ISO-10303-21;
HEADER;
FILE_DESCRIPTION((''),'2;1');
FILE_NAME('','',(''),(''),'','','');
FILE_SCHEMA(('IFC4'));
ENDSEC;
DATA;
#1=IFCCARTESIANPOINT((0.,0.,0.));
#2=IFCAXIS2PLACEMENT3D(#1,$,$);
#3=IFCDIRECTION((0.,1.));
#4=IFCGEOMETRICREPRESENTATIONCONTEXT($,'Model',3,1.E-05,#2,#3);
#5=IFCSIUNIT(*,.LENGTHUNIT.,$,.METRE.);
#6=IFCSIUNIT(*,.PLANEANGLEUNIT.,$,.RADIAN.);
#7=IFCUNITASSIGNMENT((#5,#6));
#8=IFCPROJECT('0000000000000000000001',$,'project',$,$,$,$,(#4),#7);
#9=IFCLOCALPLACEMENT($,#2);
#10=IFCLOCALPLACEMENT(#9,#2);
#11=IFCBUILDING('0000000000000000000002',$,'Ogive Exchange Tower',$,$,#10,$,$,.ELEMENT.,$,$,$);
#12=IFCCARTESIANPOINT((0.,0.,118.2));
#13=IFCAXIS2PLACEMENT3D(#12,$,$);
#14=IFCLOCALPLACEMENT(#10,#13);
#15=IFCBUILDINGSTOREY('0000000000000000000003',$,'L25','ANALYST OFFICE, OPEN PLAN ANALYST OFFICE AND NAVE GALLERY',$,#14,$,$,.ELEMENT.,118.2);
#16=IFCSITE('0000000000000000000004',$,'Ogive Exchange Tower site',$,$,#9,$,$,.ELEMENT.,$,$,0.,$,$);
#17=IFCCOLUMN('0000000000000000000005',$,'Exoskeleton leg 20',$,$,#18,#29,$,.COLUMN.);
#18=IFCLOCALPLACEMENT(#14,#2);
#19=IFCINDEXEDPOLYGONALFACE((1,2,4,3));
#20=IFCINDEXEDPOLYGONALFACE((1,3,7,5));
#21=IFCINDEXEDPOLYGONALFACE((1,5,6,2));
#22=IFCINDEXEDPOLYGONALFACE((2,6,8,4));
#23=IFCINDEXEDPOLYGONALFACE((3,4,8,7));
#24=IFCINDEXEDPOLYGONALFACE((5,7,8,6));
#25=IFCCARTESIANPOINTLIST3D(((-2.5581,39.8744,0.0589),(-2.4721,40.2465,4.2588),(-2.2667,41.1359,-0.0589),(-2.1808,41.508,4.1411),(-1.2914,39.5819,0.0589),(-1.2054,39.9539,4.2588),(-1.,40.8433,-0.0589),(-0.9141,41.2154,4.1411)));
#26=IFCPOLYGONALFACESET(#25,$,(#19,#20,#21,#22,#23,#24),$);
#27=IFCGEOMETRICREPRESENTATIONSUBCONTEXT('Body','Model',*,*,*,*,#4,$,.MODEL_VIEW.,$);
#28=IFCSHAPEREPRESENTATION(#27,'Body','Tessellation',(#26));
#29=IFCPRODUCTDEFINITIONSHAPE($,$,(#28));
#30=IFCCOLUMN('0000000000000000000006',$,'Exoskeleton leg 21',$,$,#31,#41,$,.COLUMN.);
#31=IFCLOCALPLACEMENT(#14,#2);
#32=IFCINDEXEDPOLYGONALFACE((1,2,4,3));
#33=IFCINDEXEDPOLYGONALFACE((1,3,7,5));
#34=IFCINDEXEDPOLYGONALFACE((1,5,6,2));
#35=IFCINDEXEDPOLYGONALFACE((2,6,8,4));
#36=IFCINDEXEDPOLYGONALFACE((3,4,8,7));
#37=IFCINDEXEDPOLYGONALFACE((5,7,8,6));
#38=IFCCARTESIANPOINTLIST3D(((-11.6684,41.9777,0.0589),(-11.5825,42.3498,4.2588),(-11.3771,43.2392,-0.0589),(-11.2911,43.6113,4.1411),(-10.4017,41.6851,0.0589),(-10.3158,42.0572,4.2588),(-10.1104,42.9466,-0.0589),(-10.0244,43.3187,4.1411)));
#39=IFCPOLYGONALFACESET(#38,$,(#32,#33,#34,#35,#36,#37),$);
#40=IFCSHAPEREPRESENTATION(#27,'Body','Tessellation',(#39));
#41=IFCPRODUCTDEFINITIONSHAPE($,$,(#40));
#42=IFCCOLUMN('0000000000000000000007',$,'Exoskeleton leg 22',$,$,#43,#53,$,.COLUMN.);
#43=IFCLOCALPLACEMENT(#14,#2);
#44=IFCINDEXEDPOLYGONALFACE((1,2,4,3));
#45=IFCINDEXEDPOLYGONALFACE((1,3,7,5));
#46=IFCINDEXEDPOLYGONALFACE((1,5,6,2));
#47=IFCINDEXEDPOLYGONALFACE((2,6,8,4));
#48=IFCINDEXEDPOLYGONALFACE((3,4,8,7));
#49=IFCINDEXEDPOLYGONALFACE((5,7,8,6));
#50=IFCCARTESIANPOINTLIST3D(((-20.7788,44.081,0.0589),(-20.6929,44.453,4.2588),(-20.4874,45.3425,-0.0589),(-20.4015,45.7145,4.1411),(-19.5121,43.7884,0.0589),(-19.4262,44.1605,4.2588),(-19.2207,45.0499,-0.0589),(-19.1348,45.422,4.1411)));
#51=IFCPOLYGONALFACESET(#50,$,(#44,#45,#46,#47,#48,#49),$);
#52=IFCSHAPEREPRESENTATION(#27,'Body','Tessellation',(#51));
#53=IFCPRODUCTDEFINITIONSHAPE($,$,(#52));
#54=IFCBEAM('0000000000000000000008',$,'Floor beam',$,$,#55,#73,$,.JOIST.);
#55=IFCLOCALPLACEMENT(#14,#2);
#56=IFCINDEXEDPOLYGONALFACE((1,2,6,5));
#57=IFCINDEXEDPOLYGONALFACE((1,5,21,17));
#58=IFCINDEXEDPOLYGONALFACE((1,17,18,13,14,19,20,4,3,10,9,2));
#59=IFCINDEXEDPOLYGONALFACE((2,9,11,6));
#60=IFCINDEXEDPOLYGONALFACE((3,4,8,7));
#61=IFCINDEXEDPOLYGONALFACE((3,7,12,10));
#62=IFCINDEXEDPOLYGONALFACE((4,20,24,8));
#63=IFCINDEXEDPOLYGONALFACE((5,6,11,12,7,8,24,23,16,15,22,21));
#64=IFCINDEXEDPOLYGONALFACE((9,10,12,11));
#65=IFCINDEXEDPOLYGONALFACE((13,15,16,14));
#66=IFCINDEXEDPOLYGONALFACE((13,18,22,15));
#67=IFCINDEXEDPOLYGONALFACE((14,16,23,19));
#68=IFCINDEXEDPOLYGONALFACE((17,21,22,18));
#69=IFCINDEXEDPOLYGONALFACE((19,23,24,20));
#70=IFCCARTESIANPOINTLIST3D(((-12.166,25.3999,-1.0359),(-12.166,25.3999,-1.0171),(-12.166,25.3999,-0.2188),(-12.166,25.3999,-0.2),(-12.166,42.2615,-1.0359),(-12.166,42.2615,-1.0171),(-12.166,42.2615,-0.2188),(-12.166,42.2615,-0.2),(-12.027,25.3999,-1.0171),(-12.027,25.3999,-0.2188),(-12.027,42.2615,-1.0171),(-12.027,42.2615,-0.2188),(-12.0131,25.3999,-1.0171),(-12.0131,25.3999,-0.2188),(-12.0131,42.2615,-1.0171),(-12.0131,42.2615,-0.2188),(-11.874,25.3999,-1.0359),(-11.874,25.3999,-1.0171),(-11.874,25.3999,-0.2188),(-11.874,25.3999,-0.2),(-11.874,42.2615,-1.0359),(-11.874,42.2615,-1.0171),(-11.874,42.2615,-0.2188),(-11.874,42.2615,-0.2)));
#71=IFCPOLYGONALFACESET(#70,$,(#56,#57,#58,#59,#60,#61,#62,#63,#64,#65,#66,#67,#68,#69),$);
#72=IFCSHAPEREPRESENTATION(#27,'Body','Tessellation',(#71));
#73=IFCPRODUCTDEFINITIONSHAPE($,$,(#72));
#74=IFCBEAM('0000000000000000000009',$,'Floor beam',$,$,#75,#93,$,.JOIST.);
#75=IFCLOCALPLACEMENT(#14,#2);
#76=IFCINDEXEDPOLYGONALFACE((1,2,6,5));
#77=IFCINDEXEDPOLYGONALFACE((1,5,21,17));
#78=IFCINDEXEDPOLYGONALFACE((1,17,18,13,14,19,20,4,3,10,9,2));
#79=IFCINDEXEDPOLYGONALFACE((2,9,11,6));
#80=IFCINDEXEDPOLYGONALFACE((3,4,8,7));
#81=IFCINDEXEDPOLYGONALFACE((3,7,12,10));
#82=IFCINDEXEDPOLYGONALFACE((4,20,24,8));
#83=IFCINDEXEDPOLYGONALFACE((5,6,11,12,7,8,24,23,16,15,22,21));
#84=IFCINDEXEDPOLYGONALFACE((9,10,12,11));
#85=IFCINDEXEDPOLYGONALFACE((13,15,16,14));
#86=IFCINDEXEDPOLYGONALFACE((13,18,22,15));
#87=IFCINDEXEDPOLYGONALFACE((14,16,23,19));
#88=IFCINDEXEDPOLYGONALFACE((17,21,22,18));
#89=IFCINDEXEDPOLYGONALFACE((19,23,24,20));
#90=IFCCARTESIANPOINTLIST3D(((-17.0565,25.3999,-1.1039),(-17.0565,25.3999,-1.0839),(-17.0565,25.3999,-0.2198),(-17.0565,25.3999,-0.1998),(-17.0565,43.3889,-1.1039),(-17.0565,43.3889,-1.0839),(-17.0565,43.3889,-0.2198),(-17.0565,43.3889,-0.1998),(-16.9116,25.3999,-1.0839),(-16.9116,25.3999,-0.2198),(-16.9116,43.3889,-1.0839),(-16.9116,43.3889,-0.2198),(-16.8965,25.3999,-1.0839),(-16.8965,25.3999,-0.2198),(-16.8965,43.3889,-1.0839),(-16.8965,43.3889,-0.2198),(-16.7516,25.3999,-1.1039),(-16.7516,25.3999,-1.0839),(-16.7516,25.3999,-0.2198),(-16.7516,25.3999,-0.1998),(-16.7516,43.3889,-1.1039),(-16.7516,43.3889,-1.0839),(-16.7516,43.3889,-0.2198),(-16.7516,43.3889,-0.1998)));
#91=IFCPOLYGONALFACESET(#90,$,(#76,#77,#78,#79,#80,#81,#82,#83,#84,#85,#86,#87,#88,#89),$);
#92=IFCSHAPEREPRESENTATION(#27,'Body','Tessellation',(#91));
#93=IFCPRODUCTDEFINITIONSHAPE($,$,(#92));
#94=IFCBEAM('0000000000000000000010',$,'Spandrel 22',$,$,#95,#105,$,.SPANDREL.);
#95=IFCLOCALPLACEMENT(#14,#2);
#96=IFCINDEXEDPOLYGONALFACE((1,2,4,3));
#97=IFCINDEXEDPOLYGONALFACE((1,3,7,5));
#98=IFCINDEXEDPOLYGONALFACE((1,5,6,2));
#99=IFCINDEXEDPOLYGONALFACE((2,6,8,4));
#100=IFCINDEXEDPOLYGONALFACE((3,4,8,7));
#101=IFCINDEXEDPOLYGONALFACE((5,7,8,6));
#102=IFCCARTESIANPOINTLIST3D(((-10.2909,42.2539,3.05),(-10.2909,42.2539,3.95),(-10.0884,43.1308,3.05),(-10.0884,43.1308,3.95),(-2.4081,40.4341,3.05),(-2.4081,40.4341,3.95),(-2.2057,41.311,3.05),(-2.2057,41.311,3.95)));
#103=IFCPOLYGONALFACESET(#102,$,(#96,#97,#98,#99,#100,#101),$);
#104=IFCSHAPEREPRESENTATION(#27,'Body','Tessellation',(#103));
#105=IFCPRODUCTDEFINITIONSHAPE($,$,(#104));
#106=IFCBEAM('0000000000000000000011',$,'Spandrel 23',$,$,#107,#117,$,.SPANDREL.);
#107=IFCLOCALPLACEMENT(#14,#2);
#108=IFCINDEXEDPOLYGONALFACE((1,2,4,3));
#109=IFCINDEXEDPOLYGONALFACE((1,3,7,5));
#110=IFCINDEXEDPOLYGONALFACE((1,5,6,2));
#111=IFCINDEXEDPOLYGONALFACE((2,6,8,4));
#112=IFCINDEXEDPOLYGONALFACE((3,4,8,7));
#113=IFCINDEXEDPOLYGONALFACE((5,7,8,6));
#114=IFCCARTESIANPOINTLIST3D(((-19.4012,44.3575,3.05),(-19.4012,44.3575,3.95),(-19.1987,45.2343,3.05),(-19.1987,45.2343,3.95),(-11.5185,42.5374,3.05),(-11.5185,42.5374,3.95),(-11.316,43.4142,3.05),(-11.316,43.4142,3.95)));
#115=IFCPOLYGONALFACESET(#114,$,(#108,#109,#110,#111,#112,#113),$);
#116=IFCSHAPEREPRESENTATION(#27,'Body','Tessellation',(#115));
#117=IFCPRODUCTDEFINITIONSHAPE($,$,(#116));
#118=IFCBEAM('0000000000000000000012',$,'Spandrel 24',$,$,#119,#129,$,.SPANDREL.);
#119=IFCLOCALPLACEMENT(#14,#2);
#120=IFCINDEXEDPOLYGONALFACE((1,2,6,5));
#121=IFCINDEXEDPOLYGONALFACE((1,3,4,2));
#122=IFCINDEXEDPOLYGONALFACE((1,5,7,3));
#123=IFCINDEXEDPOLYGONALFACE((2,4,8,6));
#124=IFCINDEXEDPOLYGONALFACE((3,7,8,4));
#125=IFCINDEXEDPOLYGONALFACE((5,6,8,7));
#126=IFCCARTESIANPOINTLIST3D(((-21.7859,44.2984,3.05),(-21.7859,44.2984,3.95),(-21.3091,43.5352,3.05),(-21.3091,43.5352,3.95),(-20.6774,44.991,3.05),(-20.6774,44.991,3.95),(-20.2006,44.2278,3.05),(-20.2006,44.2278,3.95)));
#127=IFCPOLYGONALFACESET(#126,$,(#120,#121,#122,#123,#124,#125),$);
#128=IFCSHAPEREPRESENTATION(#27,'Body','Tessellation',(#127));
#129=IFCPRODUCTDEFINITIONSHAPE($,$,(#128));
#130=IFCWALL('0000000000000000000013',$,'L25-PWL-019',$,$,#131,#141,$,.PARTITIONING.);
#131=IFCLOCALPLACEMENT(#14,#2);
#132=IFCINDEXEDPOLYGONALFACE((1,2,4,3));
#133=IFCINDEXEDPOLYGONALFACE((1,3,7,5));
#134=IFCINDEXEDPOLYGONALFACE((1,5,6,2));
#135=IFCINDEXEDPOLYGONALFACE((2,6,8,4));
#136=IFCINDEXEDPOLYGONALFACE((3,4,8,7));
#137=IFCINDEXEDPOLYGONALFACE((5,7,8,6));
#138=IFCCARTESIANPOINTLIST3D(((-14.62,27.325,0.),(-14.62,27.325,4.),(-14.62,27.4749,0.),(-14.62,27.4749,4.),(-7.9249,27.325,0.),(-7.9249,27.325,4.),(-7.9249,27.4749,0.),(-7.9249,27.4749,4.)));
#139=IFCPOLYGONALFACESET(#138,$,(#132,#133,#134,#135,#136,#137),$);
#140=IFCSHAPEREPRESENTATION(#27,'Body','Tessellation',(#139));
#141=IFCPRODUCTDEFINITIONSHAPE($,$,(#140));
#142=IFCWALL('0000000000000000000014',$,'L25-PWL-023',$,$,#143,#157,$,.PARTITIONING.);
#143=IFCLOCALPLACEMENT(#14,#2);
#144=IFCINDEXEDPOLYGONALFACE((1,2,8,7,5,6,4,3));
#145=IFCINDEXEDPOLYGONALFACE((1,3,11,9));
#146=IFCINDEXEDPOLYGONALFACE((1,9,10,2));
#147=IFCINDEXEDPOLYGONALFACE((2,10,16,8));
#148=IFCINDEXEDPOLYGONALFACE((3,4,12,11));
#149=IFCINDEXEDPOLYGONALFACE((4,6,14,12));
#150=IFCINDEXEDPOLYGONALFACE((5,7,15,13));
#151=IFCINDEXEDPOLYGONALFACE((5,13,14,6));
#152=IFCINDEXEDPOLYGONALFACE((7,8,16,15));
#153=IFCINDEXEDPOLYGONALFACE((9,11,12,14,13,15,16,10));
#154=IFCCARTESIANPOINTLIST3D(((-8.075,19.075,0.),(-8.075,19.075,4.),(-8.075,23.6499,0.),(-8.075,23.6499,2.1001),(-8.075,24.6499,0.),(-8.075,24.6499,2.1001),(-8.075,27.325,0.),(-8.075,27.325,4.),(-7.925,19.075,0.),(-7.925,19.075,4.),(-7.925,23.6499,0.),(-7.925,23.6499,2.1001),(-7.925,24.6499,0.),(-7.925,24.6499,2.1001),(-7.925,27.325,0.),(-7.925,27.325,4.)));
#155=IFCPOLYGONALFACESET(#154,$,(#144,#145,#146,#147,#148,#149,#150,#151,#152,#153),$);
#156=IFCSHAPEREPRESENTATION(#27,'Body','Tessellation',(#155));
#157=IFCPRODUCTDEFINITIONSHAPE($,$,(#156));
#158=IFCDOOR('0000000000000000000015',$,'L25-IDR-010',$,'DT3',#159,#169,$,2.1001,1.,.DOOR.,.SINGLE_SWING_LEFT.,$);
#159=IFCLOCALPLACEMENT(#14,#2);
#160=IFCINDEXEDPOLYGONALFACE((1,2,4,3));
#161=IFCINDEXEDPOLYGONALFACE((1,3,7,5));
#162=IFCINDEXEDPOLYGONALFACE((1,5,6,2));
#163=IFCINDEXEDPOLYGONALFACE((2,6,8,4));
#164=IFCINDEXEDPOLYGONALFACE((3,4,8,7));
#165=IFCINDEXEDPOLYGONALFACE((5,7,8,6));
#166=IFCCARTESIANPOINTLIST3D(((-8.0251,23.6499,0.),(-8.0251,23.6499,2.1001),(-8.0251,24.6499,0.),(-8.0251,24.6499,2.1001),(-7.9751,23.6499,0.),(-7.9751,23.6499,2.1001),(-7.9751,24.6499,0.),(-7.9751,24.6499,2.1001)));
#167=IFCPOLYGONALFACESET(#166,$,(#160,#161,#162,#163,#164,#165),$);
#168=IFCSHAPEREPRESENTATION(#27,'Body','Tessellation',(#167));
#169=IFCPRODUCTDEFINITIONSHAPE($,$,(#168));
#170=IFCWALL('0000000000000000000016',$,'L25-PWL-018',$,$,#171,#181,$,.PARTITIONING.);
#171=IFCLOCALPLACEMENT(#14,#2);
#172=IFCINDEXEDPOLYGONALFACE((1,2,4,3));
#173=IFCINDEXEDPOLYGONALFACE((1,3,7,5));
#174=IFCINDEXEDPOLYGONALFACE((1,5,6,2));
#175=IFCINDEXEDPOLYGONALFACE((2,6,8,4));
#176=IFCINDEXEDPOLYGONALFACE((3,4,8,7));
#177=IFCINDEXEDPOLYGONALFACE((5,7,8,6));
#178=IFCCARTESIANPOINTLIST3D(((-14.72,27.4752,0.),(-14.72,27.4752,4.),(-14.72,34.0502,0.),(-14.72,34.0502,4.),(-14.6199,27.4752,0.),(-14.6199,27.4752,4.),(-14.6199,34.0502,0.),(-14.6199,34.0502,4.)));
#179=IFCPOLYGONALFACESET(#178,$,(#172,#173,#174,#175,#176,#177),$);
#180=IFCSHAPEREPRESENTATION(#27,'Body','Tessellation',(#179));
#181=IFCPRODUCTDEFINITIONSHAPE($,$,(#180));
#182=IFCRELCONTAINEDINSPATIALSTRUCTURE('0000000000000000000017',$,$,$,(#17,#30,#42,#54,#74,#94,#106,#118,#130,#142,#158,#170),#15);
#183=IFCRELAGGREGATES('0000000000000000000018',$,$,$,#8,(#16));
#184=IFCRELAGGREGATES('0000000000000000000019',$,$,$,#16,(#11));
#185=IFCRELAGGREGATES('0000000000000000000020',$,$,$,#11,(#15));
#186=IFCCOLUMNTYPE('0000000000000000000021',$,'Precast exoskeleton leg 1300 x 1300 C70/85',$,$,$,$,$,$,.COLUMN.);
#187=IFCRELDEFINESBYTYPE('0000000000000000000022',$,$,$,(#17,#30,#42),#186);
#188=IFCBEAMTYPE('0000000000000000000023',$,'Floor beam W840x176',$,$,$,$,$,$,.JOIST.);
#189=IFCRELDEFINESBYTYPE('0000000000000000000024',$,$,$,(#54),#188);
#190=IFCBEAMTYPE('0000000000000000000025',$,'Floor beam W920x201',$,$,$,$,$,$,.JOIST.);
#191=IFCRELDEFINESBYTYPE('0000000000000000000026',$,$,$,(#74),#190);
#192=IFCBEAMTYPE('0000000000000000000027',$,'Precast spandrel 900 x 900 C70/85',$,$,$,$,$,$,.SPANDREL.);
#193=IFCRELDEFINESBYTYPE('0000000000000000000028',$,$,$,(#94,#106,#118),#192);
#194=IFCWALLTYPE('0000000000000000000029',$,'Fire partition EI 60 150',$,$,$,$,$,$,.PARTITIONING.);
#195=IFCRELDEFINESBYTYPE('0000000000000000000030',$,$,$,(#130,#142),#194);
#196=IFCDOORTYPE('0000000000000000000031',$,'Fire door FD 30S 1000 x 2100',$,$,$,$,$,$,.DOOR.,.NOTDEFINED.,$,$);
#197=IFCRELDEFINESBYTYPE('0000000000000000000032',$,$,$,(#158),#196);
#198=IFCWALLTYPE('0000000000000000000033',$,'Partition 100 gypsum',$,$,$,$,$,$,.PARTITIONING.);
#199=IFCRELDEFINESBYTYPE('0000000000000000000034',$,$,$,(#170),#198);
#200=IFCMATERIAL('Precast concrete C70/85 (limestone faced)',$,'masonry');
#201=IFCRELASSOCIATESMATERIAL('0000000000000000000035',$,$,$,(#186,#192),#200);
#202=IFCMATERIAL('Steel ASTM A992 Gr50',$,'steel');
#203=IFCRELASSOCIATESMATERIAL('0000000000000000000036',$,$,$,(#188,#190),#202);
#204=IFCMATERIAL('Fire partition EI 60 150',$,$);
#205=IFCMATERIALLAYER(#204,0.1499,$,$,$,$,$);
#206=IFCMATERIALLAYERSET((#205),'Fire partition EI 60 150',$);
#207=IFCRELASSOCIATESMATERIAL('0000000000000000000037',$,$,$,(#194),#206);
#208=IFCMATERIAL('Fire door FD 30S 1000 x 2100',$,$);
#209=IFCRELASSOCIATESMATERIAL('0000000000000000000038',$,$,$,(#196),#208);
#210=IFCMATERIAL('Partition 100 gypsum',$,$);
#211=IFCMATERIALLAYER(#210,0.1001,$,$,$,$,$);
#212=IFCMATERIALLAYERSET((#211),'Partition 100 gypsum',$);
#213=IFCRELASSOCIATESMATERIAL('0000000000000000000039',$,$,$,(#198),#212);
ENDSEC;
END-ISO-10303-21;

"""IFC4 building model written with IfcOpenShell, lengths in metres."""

from ifc_helpers import new_model, si_unit, direction, frame, frame_2d, origin, origin_2d, place, context, subcontext, project, spatial, rectangle, i_section, extrude, material, layer, layer_set, material_profile, profile_set, type_object, element, fill, save


model = new_model("IFC4")

# Units and contexts
model_context = context("Model", 3, precision=1e-05, world=origin(), true_north=direction((0.0, 1.0)))
body_context = subcontext(model_context, "Body", "Model", "MODEL_VIEW")
ifc_project = project(units=[si_unit("LENGTHUNIT", "METRE"), si_unit("PLANEANGLEUNIT", "RADIAN")], contexts=[model_context])

# Site, building, storey
site_placement = place(None, origin())
site = spatial("IfcSite", under=ifc_project, at=site_placement, Name="Ogive Exchange Tower site", CompositionType="ELEMENT", RefElevation=0.0)
building_placement = place(site_placement, origin())
building = spatial("IfcBuilding", under=site, at=building_placement, Name="Ogive Exchange Tower", CompositionType="ELEMENT")
storey_placement = place(building_placement, frame((0.0, 0.0, 118.2)))
storey = spatial("IfcBuildingStorey", under=building, at=storey_placement, Name="L25", Description="ANALYST OFFICE, OPEN PLAN ANALYST OFFICE AND NAVE GALLERY", CompositionType="ELEMENT", Elevation=118.2)

# Columns
ifc_material_1 = material(Name="Precast concrete C70/85 (limestone faced)", Category="masonry")
ifc_material_profile_1 = material_profile(ifc_material_1, rectangle(XDim=1.3, YDim=1.3, at=origin_2d()), Name="1300 x 1300")
ifc_profile_set_1 = profile_set([ifc_material_profile_1], Name="Precast concrete C70/85 (limestone faced)")
column_type = type_object("IfcColumnType", Name="Precast exoskeleton leg 1300 x 1300 C70/85", PredefinedType="COLUMN", material=ifc_profile_set_1)
for number, where, z_axis, x_axis, name in (
    (1, (-1.7791, 40.3589, 0.0), (0.020377, 0.088225, 0.995892), (-0.974348, 0.225046, 0.0), "Exoskeleton leg 20"),
    (2, (-10.8894, 42.4622, 0.0), (0.020377, 0.088225, 0.995892), (-0.974348, 0.225046, 0.0), "Exoskeleton leg 21"),
    (3, (-19.9998, 44.5654, 0.0), (0.020377, 0.088225, 0.995892), (-0.974348, 0.225046, 0.0), "Exoskeleton leg 22"),
):
    element("IfcColumn", number, at=place(storey_placement, frame(where, z_axis=z_axis, x_axis=x_axis)), inside=storey, type_object=column_type, Name=name, PredefinedType="COLUMN", context=body_context, shape_type="SweptSolid", body=[
        extrude(rectangle(XDim=1.3, YDim=1.3, at=origin_2d()), origin(), (0.0, 0.0, 1.0), 4.2173),
    ])

# Beams
ifc_material_2 = material(Name="Steel ASTM A992 Gr50", Category="steel")
ifc_material_profile_2 = material_profile(ifc_material_2, i_section(OverallWidth=0.292, OverallDepth=0.8359, WebThickness=0.0139, FlangeThickness=0.0188, at=origin_2d()), Name="W840x176")
ifc_profile_set_2 = profile_set([ifc_material_profile_2], Name="Steel ASTM A992 Gr50")
beam_type_1 = type_object("IfcBeamType", Name="Floor beam W840x176", PredefinedType="JOIST", material=ifc_profile_set_2)
beam_1_placement = place(storey_placement, frame((-12.02, 25.3999, -0.6179), z_axis=(0.0, 1.0, 0.0), x_axis=(-1.0, 0.0, 0.0)))
element("IfcBeam", 4, at=beam_1_placement, inside=storey, type_object=beam_type_1, Name="Floor beam", PredefinedType="JOIST", context=body_context, shape_type="SweptSolid", body=[
    extrude(i_section(OverallWidth=0.292, OverallDepth=0.8359, WebThickness=0.0139, FlangeThickness=0.0188, at=origin_2d()), origin(), (0.0, 0.0, 1.0), 16.8616),
])
ifc_material_profile_3 = material_profile(ifc_material_2, i_section(OverallWidth=0.3049, OverallDepth=0.9041, WebThickness=0.0151, FlangeThickness=0.02, at=origin_2d()), Name="W920x201")
ifc_profile_set_3 = profile_set([ifc_material_profile_3], Name="Steel ASTM A992 Gr50")
beam_type_2 = type_object("IfcBeamType", Name="Floor beam W920x201", PredefinedType="JOIST", material=ifc_profile_set_3)
beam_2_placement = place(storey_placement, frame((-16.9041, 25.3999, -0.6519), z_axis=(0.0, 1.0, 0.0), x_axis=(-1.0, 0.0, 0.0)))
element("IfcBeam", 5, at=beam_2_placement, inside=storey, type_object=beam_type_2, Name="Floor beam", PredefinedType="JOIST", context=body_context, shape_type="SweptSolid", body=[
    extrude(i_section(OverallWidth=0.3049, OverallDepth=0.9041, WebThickness=0.0151, FlangeThickness=0.02, at=origin_2d()), origin(), (0.0, 0.0, 1.0), 17.989),
])
ifc_material_profile_4 = material_profile(ifc_material_1, rectangle(XDim=0.8999, YDim=0.8999, at=origin_2d()), Name="900 x 900")
ifc_profile_set_4 = profile_set([ifc_material_profile_4], Name="Precast concrete C70/85 (limestone faced)")
beam_type_3 = type_object("IfcBeamType", Name="Precast spandrel 900 x 900 C70/85", PredefinedType="SPANDREL", material=ifc_profile_set_4)
for number, where, z_axis, x_axis, name in (
    (6, (-2.3069, 40.8726, 3.5), (-0.974372, 0.224943, 0.0), (-0.224943, -0.974372, 0.0), "Spandrel 22"),
    (7, (-11.4172, 42.9758, 3.5), (-0.974365, 0.224972, 0.0), (-0.224972, -0.974365, 0.0), "Spandrel 23"),
):
    element("IfcBeam", number, at=place(storey_placement, frame(where, z_axis=z_axis, x_axis=x_axis)), inside=storey, type_object=beam_type_3, Name=name, PredefinedType="SPANDREL", context=body_context, shape_type="SweptSolid", body=[
        extrude(rectangle(XDim=0.8999, YDim=0.8999, at=origin_2d()), origin(), (0.0, 0.0, 1.0), 8.0901),
    ])
beam_3_placement = place(storey_placement, frame((-20.439, 44.6094, 3.5), z_axis=(-0.848093, -0.529848, 0.0), x_axis=(0.529848, -0.848093, 0.0)))
element("IfcBeam", 8, at=beam_3_placement, inside=storey, type_object=beam_type_3, Name="Spandrel 24", PredefinedType="SPANDREL", context=body_context, shape_type="SweptSolid", body=[
    extrude(rectangle(XDim=0.8999, YDim=0.8999, at=origin_2d()), origin(), (0.0, 0.0, 1.0), 1.3071),
])

# Wall
ifc_material_3 = material(Name="Fire partition EI 60 150")
ifc_layer_1 = layer(ifc_material_3, 0.1499)
ifc_layer_set_1 = layer_set([ifc_layer_1], Name="Fire partition EI 60 150")
wall_type_1 = type_object("IfcWallType", Name="Fire partition EI 60 150", PredefinedType="PARTITIONING", material=ifc_layer_set_1)
wall_1_placement = place(storey_placement, frame((-14.6201, 27.3999, 0.0), z_axis=(0.0, 0.0, 1.0), x_axis=(1.0, 0.0, 0.0)))
element("IfcWall", 9, at=wall_1_placement, inside=storey, type_object=wall_type_1, Name="L25-PWL-019", PredefinedType="PARTITIONING", context=body_context, shape_type="SweptSolid", body=[
    extrude(rectangle(XDim=6.6951, YDim=0.1499, at=frame_2d((3.3477, 0.0))), origin(), (0.0, 0.0, 1.0), 4.0),
])

# Wall, opening, door
wall_2_placement = place(storey_placement, frame((-8.0, 27.325, 0.0), z_axis=(0.0, 0.0, 1.0), x_axis=(0.0, -1.0, 0.0)))
wall_2 = element("IfcWall", 10, at=wall_2_placement, inside=storey, type_object=wall_type_1, Name="L25-PWL-023", PredefinedType="PARTITIONING", context=body_context, shape_type="SweptSolid", body=[
    extrude(rectangle(XDim=8.25, YDim=0.1499, at=frame_2d((4.125, 0.0))), origin(), (0.0, 0.0, 1.0), 4.0),
])
opening_1_placement = place(wall_2_placement, frame((2.675, 0.0, 0.0)))
opening_1 = element("IfcOpeningElement", 11, at=opening_1_placement, cuts=wall_2, PredefinedType="OPENING", context=body_context, shape_type="SweptSolid", body=[
    extrude(rectangle(XDim=1.0, YDim=2.1001, at=frame_2d((0.5, 1.05))), frame((0.0, 0.085, 0.0), z_axis=(0.0, -1.0, 0.0), x_axis=(1.0, 0.0, 0.0)), (0.0, 0.0, 1.0), 0.1699),
])
ifc_material_4 = material(Name="Fire door FD 30S 1000 x 2100")
door_type_1 = type_object("IfcDoorType", Name="Fire door FD 30S 1000 x 2100", OperationType="NOTDEFINED", PredefinedType="DOOR", material=ifc_material_4)
door_1_placement = place(opening_1_placement, origin())
door_1 = element("IfcDoor", 12, at=door_1_placement, inside=storey, type_object=door_type_1, Name="L25-IDR-010", ObjectType="DT3", OperationType="SINGLE_SWING_LEFT", OverallHeight=2.1001, OverallWidth=1.0, PredefinedType="DOOR", context=body_context, shape_type="SweptSolid", body=[
    extrude(rectangle(XDim=1.0, YDim=2.1001, at=frame_2d((0.5, 1.05))), frame((0.0, 0.0249, 0.0), z_axis=(0.0, -1.0, 0.0), x_axis=(1.0, 0.0, 0.0)), (0.0, 0.0, 1.0), 0.05),
])
fill(opening_1, door_1)

# Wall
ifc_material_5 = material(Name="Partition 100 gypsum")
ifc_layer_2 = layer(ifc_material_5, 0.1001)
ifc_layer_set_2 = layer_set([ifc_layer_2], Name="Partition 100 gypsum")
wall_type_2 = type_object("IfcWallType", Name="Partition 100 gypsum", PredefinedType="PARTITIONING", material=ifc_layer_set_2)
wall_3_placement = place(storey_placement, frame((-14.6699, 27.4751, 0.0), z_axis=(0.0, 0.0, 1.0), x_axis=(0.0, 1.0, 0.0)))
element("IfcWall", 13, at=wall_3_placement, inside=storey, type_object=wall_type_2, Name="L25-PWL-018", PredefinedType="PARTITIONING", context=body_context, shape_type="SweptSolid", body=[
    extrude(rectangle(XDim=6.575, YDim=0.1001, at=frame_2d((3.2876, 0.0))), origin(), (0.0, 0.0, 1.0), 4.0),
])

save(model, "model.ifc")
